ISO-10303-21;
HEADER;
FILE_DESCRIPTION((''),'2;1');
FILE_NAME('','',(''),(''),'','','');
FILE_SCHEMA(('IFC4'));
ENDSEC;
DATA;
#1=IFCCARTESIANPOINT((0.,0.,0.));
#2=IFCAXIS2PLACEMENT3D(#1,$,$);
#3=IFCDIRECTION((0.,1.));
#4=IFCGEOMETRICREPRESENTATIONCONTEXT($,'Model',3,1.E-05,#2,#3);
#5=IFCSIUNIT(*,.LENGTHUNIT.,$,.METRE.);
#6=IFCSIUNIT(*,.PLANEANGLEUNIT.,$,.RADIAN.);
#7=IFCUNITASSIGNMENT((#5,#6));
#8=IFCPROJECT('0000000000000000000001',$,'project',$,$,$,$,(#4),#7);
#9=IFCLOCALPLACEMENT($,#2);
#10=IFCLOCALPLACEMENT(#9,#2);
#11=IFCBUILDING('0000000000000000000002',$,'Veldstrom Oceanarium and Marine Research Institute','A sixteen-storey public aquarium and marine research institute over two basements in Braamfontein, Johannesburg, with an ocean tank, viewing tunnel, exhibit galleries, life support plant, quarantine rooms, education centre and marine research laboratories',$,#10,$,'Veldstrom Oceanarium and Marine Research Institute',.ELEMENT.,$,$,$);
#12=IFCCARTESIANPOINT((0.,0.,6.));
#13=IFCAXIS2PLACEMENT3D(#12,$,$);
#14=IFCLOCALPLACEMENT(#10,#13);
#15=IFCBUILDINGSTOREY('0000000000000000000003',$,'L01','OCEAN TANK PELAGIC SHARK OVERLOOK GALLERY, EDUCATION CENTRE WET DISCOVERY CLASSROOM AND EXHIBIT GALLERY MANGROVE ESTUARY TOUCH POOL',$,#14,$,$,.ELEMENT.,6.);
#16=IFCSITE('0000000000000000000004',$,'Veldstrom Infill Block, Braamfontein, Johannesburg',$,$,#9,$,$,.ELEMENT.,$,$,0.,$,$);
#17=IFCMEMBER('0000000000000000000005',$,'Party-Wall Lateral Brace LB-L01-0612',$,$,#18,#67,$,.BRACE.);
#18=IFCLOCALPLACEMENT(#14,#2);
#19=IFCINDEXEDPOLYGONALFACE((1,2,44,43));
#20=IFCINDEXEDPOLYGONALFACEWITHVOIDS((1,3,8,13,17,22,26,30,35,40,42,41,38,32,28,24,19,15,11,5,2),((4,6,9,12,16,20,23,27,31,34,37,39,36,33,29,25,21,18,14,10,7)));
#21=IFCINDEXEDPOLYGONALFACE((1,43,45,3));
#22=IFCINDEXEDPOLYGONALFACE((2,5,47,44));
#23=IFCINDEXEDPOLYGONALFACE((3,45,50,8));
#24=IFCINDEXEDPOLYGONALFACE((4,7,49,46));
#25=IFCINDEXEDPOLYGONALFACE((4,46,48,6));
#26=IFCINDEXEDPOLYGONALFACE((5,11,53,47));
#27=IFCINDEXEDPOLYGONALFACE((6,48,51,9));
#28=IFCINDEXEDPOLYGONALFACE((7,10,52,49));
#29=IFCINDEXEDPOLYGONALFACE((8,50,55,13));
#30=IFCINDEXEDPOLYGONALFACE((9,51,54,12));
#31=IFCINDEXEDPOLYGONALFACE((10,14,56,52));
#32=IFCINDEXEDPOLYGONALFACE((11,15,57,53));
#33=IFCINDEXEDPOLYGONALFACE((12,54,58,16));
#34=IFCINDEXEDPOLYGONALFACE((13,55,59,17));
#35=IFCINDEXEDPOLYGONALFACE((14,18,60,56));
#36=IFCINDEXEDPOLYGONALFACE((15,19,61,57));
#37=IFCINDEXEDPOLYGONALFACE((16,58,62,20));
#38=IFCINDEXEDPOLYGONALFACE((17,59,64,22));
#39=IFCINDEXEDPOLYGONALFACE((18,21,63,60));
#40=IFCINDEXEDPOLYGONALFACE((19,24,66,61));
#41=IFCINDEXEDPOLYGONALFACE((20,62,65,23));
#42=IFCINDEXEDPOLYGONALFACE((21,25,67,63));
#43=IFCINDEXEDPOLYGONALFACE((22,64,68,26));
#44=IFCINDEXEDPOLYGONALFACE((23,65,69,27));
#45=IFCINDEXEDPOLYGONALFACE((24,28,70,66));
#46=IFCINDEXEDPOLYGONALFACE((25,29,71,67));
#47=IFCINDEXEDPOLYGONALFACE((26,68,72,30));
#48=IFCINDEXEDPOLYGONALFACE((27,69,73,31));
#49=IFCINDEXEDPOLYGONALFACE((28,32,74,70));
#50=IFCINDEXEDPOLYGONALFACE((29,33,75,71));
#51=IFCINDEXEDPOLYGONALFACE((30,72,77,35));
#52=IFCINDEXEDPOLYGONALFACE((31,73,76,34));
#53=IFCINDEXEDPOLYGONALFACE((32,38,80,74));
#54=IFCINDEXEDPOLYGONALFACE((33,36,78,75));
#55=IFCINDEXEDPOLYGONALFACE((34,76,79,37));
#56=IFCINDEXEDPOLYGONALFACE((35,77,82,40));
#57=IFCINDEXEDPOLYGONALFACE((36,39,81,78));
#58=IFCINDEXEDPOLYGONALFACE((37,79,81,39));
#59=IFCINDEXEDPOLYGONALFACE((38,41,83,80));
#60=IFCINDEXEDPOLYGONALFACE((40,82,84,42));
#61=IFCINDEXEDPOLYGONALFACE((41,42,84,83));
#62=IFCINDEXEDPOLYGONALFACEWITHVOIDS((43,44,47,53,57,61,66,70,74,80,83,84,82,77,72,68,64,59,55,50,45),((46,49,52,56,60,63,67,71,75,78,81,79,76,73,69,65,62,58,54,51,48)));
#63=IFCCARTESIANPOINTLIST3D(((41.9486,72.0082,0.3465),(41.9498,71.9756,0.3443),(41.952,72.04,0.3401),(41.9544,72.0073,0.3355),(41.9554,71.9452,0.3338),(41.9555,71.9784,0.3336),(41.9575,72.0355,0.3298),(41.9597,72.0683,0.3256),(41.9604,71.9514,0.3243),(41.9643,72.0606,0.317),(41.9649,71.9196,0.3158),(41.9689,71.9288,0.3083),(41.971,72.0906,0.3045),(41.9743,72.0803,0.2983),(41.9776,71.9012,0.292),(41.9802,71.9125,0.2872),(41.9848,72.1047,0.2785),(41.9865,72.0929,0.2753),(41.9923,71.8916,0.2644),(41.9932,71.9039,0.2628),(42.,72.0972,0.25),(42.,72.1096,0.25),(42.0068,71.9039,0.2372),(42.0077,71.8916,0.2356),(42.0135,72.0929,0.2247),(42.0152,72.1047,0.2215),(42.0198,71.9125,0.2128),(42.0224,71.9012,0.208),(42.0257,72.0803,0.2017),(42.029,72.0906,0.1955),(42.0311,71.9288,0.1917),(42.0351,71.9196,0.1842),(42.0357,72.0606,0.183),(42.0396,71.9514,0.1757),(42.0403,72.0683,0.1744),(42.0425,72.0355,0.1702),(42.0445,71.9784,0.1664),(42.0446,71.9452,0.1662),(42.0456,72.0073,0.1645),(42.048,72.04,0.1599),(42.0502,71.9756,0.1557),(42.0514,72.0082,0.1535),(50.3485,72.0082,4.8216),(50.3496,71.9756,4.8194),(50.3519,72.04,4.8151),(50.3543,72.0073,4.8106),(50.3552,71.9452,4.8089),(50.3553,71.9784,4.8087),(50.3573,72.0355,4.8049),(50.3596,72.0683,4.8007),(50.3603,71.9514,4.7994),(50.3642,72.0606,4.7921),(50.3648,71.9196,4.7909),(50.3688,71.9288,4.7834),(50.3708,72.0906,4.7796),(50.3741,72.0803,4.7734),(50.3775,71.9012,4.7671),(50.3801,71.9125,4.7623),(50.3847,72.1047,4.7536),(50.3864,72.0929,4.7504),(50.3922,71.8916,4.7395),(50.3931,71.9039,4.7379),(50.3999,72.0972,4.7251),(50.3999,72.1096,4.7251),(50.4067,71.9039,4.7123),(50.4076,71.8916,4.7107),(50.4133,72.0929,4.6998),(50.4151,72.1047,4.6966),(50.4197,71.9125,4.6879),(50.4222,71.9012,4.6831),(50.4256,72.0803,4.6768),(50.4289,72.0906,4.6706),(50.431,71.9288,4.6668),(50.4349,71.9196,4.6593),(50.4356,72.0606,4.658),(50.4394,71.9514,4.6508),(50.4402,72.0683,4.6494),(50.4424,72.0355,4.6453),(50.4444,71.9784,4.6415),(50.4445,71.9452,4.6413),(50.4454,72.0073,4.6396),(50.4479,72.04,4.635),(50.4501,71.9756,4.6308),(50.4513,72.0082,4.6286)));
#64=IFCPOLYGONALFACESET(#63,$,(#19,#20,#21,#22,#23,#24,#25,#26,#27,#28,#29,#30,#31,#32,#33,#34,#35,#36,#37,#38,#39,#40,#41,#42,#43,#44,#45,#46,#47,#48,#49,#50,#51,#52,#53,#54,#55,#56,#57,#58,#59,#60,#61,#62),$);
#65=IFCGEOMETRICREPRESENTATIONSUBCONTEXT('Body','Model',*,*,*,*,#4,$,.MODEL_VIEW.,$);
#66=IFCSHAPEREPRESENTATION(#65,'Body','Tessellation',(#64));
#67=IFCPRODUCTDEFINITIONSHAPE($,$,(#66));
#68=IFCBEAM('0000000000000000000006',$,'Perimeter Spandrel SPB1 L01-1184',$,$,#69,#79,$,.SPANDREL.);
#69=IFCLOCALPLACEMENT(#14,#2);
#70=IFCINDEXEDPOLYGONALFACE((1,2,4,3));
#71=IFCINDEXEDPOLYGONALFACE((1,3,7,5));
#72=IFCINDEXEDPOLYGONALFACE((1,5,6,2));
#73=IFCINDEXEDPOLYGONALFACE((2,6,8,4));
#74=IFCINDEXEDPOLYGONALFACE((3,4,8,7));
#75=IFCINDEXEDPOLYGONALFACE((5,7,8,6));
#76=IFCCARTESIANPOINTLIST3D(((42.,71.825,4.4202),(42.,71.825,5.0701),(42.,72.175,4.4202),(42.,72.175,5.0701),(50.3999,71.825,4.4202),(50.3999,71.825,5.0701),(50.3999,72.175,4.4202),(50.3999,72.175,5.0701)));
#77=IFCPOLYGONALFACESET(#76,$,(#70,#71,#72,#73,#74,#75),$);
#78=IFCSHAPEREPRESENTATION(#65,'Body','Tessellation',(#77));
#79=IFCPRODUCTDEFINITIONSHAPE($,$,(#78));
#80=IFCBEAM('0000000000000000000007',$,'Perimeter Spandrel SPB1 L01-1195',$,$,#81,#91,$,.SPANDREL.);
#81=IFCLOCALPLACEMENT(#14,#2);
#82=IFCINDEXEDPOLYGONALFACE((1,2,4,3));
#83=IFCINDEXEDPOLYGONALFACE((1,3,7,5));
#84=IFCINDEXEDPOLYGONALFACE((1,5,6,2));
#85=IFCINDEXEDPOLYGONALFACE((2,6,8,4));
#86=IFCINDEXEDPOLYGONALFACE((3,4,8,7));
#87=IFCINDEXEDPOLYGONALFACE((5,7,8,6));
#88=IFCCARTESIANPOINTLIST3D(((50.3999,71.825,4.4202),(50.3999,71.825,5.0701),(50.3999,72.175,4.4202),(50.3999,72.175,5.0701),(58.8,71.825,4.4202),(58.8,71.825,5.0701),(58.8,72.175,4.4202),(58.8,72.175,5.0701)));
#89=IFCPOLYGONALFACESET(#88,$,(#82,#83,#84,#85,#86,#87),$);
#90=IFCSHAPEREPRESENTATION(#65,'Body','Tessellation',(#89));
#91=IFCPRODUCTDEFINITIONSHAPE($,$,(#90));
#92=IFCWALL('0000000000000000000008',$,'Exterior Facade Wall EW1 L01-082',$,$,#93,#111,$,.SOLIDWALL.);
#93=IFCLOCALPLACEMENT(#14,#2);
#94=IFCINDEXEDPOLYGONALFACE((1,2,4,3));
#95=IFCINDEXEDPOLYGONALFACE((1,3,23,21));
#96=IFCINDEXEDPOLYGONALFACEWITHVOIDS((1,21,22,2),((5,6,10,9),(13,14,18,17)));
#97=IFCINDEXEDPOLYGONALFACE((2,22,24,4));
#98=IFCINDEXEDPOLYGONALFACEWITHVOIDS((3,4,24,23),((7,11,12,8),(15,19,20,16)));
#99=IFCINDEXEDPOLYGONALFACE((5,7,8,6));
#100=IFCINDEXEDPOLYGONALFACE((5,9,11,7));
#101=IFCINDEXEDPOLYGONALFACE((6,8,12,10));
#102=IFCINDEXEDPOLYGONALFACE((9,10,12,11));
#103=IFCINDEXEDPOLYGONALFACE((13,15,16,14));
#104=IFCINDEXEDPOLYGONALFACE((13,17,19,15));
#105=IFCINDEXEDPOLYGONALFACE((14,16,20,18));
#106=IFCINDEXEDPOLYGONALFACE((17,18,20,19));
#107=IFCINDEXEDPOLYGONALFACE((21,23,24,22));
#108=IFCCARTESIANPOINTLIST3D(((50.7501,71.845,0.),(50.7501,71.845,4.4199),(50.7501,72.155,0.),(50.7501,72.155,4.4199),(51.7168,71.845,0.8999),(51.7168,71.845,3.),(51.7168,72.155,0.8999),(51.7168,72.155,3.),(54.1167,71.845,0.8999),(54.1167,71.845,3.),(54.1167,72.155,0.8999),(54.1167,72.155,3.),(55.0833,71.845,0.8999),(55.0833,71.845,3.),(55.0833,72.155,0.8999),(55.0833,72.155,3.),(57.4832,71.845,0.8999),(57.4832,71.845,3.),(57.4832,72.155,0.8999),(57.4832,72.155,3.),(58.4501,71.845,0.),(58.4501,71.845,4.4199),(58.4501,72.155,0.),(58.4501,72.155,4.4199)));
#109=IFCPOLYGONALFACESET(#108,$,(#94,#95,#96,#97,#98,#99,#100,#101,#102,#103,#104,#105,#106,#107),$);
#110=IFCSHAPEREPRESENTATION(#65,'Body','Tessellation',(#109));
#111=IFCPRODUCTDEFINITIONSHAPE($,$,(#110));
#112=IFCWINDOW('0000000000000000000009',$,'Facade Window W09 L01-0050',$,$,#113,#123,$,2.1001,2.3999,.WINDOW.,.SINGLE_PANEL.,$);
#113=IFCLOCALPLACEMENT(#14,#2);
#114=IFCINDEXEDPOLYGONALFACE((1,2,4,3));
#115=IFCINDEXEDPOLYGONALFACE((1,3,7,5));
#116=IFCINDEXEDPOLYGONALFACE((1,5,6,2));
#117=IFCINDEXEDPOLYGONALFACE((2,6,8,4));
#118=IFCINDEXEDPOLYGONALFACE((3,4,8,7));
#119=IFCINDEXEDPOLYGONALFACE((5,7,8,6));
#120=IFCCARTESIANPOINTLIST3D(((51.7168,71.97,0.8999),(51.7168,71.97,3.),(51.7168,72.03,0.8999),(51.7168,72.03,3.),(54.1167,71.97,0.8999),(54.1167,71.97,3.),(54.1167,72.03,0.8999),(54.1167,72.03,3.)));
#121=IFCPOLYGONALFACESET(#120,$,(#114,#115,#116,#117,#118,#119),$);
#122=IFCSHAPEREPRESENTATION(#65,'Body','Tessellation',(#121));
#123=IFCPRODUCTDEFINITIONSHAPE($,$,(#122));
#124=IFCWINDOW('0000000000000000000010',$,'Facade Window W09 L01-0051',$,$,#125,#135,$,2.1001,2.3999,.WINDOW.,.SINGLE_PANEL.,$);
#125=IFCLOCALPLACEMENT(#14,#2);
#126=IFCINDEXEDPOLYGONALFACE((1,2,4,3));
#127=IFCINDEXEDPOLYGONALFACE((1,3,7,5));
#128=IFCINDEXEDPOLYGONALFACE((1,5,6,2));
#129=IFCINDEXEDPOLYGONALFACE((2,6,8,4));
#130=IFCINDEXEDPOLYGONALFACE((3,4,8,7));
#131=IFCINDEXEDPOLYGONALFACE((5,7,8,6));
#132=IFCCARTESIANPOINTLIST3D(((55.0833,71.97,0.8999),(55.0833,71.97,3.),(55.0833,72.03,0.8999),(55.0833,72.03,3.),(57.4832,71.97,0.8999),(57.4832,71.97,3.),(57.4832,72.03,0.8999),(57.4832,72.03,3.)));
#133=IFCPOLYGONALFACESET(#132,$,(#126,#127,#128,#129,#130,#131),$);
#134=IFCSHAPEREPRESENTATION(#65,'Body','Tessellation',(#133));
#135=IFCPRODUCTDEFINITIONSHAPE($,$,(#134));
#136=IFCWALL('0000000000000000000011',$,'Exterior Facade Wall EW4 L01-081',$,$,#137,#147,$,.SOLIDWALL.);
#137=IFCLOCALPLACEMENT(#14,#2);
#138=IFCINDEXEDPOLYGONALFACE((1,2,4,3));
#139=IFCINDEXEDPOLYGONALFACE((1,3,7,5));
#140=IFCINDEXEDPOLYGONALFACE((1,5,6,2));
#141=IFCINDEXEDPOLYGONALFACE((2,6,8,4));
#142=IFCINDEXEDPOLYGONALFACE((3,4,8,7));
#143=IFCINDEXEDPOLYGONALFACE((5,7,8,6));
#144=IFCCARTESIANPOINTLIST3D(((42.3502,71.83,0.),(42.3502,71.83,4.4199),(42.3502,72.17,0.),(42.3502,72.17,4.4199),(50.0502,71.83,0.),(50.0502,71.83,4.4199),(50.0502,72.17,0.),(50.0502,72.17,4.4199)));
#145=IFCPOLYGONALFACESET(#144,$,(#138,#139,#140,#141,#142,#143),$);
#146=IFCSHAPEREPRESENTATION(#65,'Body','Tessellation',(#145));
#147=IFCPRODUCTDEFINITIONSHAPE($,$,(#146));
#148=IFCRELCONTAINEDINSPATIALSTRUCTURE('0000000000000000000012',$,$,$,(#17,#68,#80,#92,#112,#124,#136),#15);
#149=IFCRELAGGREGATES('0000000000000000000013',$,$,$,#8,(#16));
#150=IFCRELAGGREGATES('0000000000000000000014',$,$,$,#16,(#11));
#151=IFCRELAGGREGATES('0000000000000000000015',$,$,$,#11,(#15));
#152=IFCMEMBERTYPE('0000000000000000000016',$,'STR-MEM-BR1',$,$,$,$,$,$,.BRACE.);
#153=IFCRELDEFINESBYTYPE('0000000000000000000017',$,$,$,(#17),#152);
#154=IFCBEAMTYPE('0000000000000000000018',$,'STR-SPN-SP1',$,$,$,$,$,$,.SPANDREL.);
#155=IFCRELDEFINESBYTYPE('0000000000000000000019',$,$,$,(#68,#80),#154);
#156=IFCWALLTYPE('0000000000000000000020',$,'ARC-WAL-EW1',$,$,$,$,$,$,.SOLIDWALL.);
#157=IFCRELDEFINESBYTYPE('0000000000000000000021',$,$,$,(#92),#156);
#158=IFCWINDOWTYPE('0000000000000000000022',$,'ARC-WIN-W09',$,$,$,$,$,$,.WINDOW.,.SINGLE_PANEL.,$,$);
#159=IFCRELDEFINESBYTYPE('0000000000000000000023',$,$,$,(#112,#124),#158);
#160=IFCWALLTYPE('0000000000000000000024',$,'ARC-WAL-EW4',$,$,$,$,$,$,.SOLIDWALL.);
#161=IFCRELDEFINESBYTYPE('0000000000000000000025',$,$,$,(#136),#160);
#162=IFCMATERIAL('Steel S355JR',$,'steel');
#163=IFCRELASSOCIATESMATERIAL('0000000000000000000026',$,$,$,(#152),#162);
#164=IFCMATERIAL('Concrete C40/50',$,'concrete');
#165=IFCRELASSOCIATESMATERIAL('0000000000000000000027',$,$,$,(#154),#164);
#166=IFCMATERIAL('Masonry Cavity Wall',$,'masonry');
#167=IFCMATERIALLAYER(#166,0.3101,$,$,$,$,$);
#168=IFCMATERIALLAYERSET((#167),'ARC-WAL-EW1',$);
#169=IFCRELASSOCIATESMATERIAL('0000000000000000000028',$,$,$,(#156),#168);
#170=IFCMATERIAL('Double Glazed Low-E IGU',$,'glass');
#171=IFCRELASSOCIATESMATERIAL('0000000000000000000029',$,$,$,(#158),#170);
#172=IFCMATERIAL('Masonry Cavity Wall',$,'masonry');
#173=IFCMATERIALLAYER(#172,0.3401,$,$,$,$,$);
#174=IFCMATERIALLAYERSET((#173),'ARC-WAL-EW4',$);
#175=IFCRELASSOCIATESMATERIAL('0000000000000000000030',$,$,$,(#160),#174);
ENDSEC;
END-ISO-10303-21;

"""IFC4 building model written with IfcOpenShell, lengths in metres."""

from ifc_helpers import new_model, si_unit, direction, frame, frame_2d, origin, origin_2d, place, context, subcontext, project, spatial, rectangle, hollow_circle, extrude, material, layer, layer_set, material_profile, profile_set, type_object, element, fill, save


model = new_model("IFC4")

# Units and contexts
model_context = context("Model", 3, precision=1e-05, world=origin(), true_north=direction((0.0, 1.0)))
body_context = subcontext(model_context, "Body", "Model", "MODEL_VIEW")
ifc_project = project(units=[si_unit("LENGTHUNIT", "METRE"), si_unit("PLANEANGLEUNIT", "RADIAN")], contexts=[model_context])

# Site, building, storey
site_placement = place(None, origin())
site = spatial("IfcSite", under=ifc_project, at=site_placement, Name="Veldstrom Infill Block, Braamfontein, Johannesburg", CompositionType="ELEMENT", RefElevation=0.0)
building_placement = place(site_placement, origin())
building = spatial("IfcBuilding", under=site, at=building_placement, Name="Veldstrom Oceanarium and Marine Research Institute", Description="A sixteen-storey public aquarium and marine research institute over two basements in Braamfontein, Johannesburg, with an ocean tank, viewing tunnel, exhibit galleries, life support plant, quarantine rooms, education centre and marine research laboratories", LongName="Veldstrom Oceanarium and Marine Research Institute", CompositionType="ELEMENT")
storey_placement = place(building_placement, frame((0.0, 0.0, 6.0)))
storey = spatial("IfcBuildingStorey", under=building, at=storey_placement, Name="L01", Description="OCEAN TANK PELAGIC SHARK OVERLOOK GALLERY, EDUCATION CENTRE WET DISCOVERY CLASSROOM AND EXHIBIT GALLERY MANGROVE ESTUARY TOUCH POOL", CompositionType="ELEMENT", Elevation=6.0)

# Member
ifc_material_1 = material(Name="Steel S355JR", Category="steel")
ifc_material_profile_1 = material_profile(ifc_material_1, hollow_circle(Radius=0.1096, WallThickness=0.0125, at=origin_2d()), Name="CHS 219.1x12.5")
ifc_profile_set_1 = profile_set([ifc_material_profile_1], Name="Steel S355JR")
member_type = type_object("IfcMemberType", Name="STR-MEM-BR1", PredefinedType="BRACE", material=ifc_profile_set_1)
member_placement = place(storey_placement, frame((42.0, 72.0, 0.25), z_axis=(0.882564, 0.0, 0.470191), x_axis=(0.0, 1.0, 0.0)))
element("IfcMember", 1, at=member_placement, inside=storey, type_object=member_type, Name="Party-Wall Lateral Brace LB-L01-0612", PredefinedType="BRACE", context=body_context, shape_type="SweptSolid", body=[
    extrude(hollow_circle(Radius=0.1096, WallThickness=0.0125, at=origin_2d()), origin(), (0.0, 0.0, 1.0), 9.5176),
])

# Beams
ifc_material_2 = material(Name="Concrete C40/50", Category="concrete")
ifc_material_profile_2 = material_profile(ifc_material_2, rectangle(XDim=0.3501, YDim=0.6499, at=origin_2d()), Name="RC-SPN-350x650")
ifc_profile_set_2 = profile_set([ifc_material_profile_2], Name="Concrete C40/50")
beam_type_1 = type_object("IfcBeamType", Name="STR-SPN-SP1", PredefinedType="SPANDREL", material=ifc_profile_set_2)
beam_1_placement = place(storey_placement, frame((42.0, 72.0, 4.7451), z_axis=(1.0, 0.0, 0.0), x_axis=(0.0, 1.0, 0.0)))
element("IfcBeam", 2, at=beam_1_placement, inside=storey, type_object=beam_type_1, Name="Perimeter Spandrel SPB1 L01-1184", PredefinedType="SPANDREL", context=body_context, shape_type="SweptSolid", body=[
    extrude(rectangle(XDim=0.3501, YDim=0.6499, at=origin_2d()), origin(), (0.0, 0.0, 1.0), 8.3999),
])
beam_2_placement = place(storey_placement, frame((50.3999, 72.0, 4.7451), z_axis=(1.0, 0.0, 0.0), x_axis=(0.0, 1.0, 0.0)))
element("IfcBeam", 3, at=beam_2_placement, inside=storey, type_object=beam_type_1, Name="Perimeter Spandrel SPB1 L01-1195", PredefinedType="SPANDREL", context=body_context, shape_type="SweptSolid", body=[
    extrude(rectangle(XDim=0.3501, YDim=0.6499, at=origin_2d()), origin(), (0.0, 0.0, 1.0), 8.4001),
])

# Wall, openings, windows
ifc_material_3 = material(Name="Masonry Cavity Wall", Category="masonry")
ifc_layer_1 = layer(ifc_material_3, 0.3101)
ifc_layer_set_1 = layer_set([ifc_layer_1], Name="ARC-WAL-EW1")
wall_type_1 = type_object("IfcWallType", Name="ARC-WAL-EW1", PredefinedType="SOLIDWALL", material=ifc_layer_set_1)
wall_1_placement = place(storey_placement, frame((50.75, 72.0, 0.0), z_axis=(0.0, 0.0, 1.0), x_axis=(1.0, 0.0, 0.0)))
wall_1 = element("IfcWall", 4, at=wall_1_placement, inside=storey, type_object=wall_type_1, Name="Exterior Facade Wall EW1 L01-082", PredefinedType="SOLIDWALL", context=body_context, shape_type="SweptSolid", body=[
    extrude(rectangle(XDim=7.7, YDim=0.3101, at=frame_2d((3.8501, 0.0))), origin(), (0.0, 0.0, 1.0), 4.4199),
])
opening_1_placement = place(wall_1_placement, frame((0.9668, 0.0, 0.8999)))
opening_1 = element("IfcOpeningElement", 5, at=opening_1_placement, cuts=wall_1, PredefinedType="OPENING", context=body_context, shape_type="SweptSolid", body=[
    extrude(rectangle(XDim=2.3999, YDim=2.1001, at=frame_2d((1.2, 1.05))), frame((0.0, 0.165, 0.0), z_axis=(0.0, -1.0, 0.0), x_axis=(1.0, 0.0, 0.0)), (0.0, 0.0, 1.0), 0.3301),
])
opening_2_placement = place(wall_1_placement, frame((4.3333, 0.0, 0.8999)))
opening_2 = element("IfcOpeningElement", 6, at=opening_2_placement, cuts=wall_1, PredefinedType="OPENING", context=body_context, shape_type="SweptSolid", body=[
    extrude(rectangle(XDim=2.3999, YDim=2.1001, at=frame_2d((1.2, 1.05))), frame((0.0, 0.165, 0.0), z_axis=(0.0, -1.0, 0.0), x_axis=(1.0, 0.0, 0.0)), (0.0, 0.0, 1.0), 0.3301),
])
ifc_material_4 = material(Name="Double Glazed Low-E IGU", Category="glass")
window_type = type_object("IfcWindowType", Name="ARC-WIN-W09", PartitioningType="SINGLE_PANEL", PredefinedType="WINDOW", material=ifc_material_4)
window_1_placement = place(opening_1_placement, origin())
window_1 = element("IfcWindow", 7, at=window_1_placement, inside=storey, type_object=window_type, Name="Facade Window W09 L01-0050", OverallHeight=2.1001, OverallWidth=2.3999, PartitioningType="SINGLE_PANEL", PredefinedType="WINDOW", context=body_context, shape_type="SweptSolid", body=[
    extrude(rectangle(XDim=2.3999, YDim=2.1001, at=frame_2d((1.2, 1.05))), frame((0.0, 0.03, 0.0), z_axis=(0.0, -1.0, 0.0), x_axis=(1.0, 0.0, 0.0)), (0.0, 0.0, 1.0), 0.0601),
])
fill(opening_1, window_1)
window_2_placement = place(opening_2_placement, origin())
window_2 = element("IfcWindow", 8, at=window_2_placement, inside=storey, type_object=window_type, Name="Facade Window W09 L01-0051", OverallHeight=2.1001, OverallWidth=2.3999, PartitioningType="SINGLE_PANEL", PredefinedType="WINDOW", context=body_context, shape_type="SweptSolid", body=[
    extrude(rectangle(XDim=2.3999, YDim=2.1001, at=frame_2d((1.2, 1.05))), frame((0.0, 0.03, 0.0), z_axis=(0.0, -1.0, 0.0), x_axis=(1.0, 0.0, 0.0)), (0.0, 0.0, 1.0), 0.0601),
])
fill(opening_2, window_2)

# Wall
ifc_material_5 = material(Name="Masonry Cavity Wall", Category="masonry")
ifc_layer_2 = layer(ifc_material_5, 0.3401)
ifc_layer_set_2 = layer_set([ifc_layer_2], Name="ARC-WAL-EW4")
wall_type_2 = type_object("IfcWallType", Name="ARC-WAL-EW4", PredefinedType="SOLIDWALL", material=ifc_layer_set_2)
wall_2_placement = place(storey_placement, frame((42.3501, 72.0, 0.0), z_axis=(0.0, 0.0, 1.0), x_axis=(1.0, 0.0, 0.0)))
element("IfcWall", 9, at=wall_2_placement, inside=storey, type_object=wall_type_2, Name="Exterior Facade Wall EW4 L01-081", PredefinedType="SOLIDWALL", context=body_context, shape_type="SweptSolid", body=[
    extrude(rectangle(XDim=7.7, YDim=0.3401, at=frame_2d((3.8501, 0.0))), origin(), (0.0, 0.0, 1.0), 4.4199),
])

save(model, "model.ifc")
